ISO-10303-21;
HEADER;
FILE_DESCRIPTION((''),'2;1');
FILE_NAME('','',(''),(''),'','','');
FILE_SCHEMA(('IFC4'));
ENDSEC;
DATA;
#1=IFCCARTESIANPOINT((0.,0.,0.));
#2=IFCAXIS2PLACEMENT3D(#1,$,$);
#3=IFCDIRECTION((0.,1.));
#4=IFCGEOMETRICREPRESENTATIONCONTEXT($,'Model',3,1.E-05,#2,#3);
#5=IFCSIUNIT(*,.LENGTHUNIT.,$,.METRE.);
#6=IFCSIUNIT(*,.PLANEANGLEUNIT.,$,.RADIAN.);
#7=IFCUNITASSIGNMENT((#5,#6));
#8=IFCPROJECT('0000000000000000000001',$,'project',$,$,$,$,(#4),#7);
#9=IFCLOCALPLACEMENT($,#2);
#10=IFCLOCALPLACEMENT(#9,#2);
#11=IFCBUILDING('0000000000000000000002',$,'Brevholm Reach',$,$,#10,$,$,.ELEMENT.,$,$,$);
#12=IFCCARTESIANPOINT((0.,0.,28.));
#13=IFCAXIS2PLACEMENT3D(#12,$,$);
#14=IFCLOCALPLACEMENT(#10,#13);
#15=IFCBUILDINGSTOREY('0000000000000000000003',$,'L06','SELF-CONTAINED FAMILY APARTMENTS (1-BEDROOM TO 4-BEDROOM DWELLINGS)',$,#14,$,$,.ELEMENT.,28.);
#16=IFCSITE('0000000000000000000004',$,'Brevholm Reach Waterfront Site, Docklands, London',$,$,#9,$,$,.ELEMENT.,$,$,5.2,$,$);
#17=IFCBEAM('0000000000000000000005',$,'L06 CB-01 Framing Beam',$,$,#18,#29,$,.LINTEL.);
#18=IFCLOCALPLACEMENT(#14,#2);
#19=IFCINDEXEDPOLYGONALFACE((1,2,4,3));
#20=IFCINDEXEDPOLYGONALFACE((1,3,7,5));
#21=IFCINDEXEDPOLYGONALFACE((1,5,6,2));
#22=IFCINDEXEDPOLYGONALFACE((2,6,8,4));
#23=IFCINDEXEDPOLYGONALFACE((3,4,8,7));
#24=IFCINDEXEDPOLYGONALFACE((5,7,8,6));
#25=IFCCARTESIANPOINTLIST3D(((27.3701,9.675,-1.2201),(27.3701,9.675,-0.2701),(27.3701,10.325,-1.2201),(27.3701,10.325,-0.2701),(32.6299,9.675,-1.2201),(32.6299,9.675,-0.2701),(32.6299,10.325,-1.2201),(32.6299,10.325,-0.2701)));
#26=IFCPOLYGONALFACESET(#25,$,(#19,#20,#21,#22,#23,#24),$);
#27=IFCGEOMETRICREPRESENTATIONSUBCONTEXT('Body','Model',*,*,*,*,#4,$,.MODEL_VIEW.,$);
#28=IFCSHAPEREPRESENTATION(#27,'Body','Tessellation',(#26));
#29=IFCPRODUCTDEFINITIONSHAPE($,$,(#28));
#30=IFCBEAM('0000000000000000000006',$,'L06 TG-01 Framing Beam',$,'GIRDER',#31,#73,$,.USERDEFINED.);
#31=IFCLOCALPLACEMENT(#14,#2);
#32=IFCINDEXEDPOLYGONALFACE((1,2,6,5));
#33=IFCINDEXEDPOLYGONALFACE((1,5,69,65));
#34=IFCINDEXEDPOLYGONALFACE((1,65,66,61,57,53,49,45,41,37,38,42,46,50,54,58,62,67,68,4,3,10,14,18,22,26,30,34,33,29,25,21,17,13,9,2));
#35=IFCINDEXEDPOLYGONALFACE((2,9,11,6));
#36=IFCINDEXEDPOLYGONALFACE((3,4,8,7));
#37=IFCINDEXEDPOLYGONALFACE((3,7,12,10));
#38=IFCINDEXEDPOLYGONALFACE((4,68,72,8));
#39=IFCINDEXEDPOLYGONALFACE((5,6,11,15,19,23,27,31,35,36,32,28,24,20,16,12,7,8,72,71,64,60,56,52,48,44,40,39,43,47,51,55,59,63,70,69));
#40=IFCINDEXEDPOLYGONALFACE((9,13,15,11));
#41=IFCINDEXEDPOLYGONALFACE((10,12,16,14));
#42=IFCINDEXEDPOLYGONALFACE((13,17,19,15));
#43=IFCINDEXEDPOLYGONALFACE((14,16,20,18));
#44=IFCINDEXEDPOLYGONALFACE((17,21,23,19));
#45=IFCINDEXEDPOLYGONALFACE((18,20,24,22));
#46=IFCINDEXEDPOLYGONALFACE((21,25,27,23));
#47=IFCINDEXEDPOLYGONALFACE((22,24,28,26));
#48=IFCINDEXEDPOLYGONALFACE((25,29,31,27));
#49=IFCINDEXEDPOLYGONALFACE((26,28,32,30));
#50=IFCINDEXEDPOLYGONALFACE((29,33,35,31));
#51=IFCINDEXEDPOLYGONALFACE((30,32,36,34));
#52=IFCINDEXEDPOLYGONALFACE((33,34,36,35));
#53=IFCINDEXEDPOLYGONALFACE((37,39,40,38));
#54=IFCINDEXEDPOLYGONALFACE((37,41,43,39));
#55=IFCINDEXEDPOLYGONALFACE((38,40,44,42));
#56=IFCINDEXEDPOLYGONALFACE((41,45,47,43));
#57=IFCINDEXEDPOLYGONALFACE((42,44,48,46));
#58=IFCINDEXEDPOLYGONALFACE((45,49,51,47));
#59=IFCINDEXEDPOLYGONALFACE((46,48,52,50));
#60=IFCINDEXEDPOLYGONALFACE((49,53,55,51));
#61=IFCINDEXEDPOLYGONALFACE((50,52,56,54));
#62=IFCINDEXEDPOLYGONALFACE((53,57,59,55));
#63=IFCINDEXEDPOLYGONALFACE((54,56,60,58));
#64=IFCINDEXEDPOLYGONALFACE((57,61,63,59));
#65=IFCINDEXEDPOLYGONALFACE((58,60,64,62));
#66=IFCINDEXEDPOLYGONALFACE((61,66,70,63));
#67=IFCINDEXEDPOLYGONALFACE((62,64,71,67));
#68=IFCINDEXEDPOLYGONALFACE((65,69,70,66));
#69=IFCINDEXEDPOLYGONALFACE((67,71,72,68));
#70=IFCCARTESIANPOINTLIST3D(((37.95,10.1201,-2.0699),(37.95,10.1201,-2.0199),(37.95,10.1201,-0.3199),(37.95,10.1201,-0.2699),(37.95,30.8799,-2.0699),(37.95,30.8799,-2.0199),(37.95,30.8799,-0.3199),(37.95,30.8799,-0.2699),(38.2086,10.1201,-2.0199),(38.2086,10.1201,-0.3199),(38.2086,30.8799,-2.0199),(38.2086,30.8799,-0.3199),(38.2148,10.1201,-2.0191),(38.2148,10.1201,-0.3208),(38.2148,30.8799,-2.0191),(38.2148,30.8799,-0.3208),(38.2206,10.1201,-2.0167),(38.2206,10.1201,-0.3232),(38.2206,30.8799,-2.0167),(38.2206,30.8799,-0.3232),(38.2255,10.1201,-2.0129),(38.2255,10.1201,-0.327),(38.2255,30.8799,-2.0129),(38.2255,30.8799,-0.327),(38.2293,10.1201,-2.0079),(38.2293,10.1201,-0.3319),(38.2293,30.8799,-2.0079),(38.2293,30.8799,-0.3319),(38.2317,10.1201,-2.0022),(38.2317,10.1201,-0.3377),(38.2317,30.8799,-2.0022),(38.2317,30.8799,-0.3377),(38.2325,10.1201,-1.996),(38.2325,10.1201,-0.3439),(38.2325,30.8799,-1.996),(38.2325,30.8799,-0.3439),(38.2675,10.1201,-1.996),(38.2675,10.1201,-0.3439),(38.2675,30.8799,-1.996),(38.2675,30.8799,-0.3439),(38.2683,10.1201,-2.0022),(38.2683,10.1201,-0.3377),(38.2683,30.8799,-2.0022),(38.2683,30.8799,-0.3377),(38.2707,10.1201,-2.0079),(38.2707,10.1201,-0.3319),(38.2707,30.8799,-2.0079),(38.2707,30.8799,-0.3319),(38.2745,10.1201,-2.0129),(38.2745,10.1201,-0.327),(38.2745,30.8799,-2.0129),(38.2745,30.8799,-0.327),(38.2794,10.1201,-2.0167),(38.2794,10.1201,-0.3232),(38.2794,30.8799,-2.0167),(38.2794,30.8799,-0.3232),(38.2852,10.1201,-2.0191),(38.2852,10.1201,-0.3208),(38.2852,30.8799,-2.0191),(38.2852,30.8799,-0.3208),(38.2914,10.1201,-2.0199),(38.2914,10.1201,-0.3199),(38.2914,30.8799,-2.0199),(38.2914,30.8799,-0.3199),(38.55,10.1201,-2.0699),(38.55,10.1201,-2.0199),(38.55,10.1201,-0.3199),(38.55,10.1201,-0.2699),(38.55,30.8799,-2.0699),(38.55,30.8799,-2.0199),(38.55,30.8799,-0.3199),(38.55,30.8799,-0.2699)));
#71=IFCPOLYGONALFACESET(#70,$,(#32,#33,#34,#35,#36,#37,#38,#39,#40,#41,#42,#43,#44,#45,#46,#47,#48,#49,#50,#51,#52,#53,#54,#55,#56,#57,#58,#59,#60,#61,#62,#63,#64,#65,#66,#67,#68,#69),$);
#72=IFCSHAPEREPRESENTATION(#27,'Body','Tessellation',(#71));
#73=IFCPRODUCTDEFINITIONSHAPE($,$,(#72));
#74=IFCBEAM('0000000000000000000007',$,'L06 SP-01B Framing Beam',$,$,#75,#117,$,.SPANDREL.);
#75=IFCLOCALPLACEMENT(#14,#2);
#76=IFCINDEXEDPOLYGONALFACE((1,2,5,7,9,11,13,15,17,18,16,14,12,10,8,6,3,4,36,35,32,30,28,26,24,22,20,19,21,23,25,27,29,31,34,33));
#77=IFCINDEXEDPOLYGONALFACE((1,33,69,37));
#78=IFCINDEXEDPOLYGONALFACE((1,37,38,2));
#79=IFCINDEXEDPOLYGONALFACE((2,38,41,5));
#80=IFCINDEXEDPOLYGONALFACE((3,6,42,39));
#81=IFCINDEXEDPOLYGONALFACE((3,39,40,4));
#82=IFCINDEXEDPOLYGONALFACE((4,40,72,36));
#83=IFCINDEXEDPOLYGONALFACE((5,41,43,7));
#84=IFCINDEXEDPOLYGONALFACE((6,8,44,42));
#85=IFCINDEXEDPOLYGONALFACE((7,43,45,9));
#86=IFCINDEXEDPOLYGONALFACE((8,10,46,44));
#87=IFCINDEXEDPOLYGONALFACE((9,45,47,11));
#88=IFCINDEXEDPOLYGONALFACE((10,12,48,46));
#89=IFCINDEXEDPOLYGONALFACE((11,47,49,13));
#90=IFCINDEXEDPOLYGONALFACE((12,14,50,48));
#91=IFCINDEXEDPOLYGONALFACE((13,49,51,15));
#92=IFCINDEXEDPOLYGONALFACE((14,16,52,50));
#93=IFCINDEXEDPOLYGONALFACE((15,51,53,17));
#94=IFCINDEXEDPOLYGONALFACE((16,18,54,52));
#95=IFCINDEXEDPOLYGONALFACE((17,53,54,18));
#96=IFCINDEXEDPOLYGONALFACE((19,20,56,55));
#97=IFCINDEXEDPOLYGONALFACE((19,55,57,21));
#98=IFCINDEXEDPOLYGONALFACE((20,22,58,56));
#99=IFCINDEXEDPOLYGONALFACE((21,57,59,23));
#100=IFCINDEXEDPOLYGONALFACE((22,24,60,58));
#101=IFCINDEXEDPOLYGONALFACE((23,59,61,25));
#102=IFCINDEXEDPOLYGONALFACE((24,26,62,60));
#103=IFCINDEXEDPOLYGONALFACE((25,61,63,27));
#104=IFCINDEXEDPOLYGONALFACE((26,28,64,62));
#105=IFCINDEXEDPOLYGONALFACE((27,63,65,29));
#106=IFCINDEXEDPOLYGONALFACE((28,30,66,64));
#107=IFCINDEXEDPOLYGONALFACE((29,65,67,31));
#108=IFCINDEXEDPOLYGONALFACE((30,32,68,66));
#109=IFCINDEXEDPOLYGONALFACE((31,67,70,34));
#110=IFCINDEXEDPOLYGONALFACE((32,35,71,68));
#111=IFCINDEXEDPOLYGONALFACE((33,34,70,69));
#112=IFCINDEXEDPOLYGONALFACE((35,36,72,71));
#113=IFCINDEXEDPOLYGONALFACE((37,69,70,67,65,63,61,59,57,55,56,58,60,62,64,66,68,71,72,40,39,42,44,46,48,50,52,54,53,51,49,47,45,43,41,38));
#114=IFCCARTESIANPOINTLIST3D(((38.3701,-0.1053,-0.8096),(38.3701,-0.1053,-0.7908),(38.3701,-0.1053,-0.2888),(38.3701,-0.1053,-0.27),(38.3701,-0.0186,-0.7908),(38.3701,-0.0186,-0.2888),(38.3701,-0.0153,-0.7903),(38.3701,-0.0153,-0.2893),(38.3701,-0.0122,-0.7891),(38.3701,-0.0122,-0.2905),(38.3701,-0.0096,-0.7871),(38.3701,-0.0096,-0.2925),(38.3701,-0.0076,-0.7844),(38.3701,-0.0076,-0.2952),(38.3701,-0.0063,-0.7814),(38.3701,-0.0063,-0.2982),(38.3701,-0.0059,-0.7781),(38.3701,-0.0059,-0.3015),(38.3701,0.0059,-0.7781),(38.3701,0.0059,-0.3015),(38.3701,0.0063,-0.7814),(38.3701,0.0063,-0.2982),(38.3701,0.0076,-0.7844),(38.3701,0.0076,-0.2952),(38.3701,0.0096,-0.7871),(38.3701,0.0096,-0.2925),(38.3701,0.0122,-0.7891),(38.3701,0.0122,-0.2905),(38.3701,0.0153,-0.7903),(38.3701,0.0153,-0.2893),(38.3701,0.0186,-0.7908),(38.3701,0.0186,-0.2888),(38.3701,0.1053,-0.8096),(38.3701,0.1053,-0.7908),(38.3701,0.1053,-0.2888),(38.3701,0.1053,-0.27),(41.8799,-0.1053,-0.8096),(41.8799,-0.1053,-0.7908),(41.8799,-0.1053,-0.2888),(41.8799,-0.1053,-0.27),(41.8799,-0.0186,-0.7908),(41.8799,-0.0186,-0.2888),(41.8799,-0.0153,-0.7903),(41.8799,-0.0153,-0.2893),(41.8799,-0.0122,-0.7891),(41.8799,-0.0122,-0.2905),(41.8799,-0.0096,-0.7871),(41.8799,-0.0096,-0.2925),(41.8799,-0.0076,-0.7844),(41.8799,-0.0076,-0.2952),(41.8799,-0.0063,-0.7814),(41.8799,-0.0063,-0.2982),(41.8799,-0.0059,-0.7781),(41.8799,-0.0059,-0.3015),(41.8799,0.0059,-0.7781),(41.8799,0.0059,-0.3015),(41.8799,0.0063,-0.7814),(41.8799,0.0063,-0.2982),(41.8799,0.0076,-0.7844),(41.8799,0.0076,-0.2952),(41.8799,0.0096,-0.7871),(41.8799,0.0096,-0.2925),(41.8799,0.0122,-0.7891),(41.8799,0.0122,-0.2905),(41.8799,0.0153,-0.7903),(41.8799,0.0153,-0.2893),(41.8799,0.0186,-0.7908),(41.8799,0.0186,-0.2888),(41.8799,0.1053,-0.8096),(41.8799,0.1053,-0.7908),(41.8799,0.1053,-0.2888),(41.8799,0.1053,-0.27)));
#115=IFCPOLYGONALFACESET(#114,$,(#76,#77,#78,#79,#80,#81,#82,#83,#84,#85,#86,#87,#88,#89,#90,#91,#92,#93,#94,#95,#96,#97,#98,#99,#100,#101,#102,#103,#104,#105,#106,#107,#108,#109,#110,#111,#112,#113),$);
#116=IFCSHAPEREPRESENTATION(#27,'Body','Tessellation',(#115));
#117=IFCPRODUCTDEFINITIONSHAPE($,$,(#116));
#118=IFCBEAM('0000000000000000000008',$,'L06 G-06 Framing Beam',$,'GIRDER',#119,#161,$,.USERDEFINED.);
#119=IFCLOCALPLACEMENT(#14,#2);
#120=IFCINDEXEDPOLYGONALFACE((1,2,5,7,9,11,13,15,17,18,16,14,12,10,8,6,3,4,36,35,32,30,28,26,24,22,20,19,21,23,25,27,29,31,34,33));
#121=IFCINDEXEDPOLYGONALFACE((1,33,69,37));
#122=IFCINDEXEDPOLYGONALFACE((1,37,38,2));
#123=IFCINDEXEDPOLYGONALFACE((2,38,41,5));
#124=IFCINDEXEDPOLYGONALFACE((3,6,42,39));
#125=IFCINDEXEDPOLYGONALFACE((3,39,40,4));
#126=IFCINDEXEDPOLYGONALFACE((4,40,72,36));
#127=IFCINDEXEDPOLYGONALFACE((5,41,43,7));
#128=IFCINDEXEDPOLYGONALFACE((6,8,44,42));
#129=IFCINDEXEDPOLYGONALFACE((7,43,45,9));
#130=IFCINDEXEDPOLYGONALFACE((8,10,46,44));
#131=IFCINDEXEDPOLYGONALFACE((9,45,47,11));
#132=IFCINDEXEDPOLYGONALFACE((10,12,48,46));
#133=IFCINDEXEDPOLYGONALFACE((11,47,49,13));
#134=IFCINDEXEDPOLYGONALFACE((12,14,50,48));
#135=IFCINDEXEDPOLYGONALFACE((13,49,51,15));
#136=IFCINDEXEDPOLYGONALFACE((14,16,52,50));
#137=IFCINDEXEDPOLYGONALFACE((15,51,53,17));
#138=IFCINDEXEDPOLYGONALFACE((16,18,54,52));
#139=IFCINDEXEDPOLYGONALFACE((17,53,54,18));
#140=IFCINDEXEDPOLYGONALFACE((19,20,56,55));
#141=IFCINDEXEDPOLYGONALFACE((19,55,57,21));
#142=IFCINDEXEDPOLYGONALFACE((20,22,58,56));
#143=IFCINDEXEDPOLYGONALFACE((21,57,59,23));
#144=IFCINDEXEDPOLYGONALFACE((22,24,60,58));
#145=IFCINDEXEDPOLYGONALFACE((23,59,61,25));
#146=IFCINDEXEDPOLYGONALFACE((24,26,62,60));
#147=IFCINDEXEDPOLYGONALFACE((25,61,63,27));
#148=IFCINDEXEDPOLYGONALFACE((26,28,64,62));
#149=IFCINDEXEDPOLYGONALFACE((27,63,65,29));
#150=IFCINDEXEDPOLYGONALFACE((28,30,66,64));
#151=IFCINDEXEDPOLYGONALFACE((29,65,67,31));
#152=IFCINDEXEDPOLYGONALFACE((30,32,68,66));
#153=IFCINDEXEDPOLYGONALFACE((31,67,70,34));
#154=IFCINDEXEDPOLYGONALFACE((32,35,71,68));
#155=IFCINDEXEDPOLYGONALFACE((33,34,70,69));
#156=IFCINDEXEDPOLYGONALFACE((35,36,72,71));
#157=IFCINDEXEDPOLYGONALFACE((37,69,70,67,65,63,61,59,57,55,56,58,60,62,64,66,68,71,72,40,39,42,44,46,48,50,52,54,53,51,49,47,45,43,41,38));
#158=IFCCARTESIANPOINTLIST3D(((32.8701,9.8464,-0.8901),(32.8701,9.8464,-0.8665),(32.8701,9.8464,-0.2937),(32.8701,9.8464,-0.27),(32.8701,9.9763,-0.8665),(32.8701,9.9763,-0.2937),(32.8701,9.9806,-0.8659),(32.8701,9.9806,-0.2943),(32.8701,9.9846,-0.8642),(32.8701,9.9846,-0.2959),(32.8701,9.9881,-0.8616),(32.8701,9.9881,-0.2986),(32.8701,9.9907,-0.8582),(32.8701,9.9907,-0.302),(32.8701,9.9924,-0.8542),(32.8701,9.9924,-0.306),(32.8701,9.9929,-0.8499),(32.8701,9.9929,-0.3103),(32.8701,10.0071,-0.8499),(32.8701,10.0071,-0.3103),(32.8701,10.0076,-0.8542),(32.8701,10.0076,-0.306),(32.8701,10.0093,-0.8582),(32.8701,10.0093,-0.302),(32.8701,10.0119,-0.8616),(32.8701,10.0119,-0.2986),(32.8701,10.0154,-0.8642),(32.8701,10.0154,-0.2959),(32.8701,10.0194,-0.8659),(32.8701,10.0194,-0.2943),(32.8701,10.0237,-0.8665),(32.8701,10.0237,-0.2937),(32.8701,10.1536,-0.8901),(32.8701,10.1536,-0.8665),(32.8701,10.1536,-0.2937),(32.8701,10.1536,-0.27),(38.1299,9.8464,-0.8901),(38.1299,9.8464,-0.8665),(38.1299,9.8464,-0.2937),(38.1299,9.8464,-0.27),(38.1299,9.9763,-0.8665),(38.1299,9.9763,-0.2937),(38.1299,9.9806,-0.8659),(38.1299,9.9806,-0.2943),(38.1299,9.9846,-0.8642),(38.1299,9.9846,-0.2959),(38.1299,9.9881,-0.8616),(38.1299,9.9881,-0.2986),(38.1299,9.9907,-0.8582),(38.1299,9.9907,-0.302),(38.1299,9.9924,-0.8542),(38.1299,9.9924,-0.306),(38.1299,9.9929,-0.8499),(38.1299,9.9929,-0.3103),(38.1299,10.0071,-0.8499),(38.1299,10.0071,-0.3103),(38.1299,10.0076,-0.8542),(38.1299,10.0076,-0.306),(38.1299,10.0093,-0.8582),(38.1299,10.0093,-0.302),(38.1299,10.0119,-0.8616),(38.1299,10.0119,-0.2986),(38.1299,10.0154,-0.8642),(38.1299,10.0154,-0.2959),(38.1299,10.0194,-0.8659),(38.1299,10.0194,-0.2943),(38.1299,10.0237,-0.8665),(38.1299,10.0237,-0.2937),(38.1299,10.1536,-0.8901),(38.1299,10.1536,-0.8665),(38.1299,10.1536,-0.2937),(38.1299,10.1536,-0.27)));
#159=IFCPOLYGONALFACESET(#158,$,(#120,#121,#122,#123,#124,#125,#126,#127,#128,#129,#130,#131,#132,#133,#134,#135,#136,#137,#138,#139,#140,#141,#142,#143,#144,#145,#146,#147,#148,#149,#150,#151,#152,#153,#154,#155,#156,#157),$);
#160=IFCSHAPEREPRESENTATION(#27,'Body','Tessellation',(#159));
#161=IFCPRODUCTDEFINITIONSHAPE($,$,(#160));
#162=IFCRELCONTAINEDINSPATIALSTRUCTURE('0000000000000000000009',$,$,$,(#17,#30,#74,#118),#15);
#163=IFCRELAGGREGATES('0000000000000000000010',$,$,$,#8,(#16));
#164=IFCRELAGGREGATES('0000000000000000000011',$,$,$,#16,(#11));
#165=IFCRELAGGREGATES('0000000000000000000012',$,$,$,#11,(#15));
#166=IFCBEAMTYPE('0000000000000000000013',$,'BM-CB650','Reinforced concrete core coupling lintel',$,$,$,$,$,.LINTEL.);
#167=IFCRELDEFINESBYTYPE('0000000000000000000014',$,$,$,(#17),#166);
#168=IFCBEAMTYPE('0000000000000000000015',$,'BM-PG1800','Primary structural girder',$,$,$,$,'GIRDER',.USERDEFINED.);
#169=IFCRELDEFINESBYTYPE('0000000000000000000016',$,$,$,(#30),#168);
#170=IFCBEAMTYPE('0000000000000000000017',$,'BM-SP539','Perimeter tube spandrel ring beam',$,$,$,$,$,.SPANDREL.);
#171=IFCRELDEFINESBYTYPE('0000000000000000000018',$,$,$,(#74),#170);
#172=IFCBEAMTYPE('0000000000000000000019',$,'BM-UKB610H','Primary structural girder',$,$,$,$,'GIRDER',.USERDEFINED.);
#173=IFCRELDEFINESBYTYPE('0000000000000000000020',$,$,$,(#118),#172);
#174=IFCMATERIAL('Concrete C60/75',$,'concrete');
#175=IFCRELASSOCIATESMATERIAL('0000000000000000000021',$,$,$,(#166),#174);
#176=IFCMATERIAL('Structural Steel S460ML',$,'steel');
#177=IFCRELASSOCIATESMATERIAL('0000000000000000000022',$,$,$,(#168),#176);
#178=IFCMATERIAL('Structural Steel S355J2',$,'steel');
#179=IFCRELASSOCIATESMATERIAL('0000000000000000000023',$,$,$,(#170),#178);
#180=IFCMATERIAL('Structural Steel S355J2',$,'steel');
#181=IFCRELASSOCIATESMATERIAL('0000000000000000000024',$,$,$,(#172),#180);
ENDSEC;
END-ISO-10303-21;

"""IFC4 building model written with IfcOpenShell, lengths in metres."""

from ifc_helpers import new_model, si_unit, direction, frame, origin, origin_2d, place, context, subcontext, project, spatial, rectangle, i_section, extrude, material, material_profile, profile_set, type_object, element, save


model = new_model("IFC4")

# Units and contexts
model_context = context("Model", 3, precision=1e-05, world=origin(), true_north=direction((0.0, 1.0)))
body_context = subcontext(model_context, "Body", "Model", "MODEL_VIEW")
ifc_project = project(units=[si_unit("LENGTHUNIT", "METRE"), si_unit("PLANEANGLEUNIT", "RADIAN")], contexts=[model_context])

# Site, building, storey
site_placement = place(None, origin())
site = spatial("IfcSite", under=ifc_project, at=site_placement, Name="Brevholm Reach Waterfront Site, Docklands, London", CompositionType="ELEMENT", RefElevation=5.2)
building_placement = place(site_placement, origin())
building = spatial("IfcBuilding", under=site, at=building_placement, Name="Brevholm Reach", CompositionType="ELEMENT")
storey_placement = place(building_placement, frame((0.0, 0.0, 28.0)))
storey = spatial("IfcBuildingStorey", under=building, at=storey_placement, Name="L06", Description="SELF-CONTAINED FAMILY APARTMENTS (1-BEDROOM TO 4-BEDROOM DWELLINGS)", CompositionType="ELEMENT", Elevation=28.0)

# Beams
ifc_material_1 = material(Name="Concrete C60/75", Category="concrete")
ifc_material_profile_1 = material_profile(ifc_material_1, rectangle(XDim=0.6499, YDim=0.95, at=origin_2d()), Name="RC 650x950")
ifc_profile_set_1 = profile_set([ifc_material_profile_1], Name="Concrete C60/75")
beam_type_1 = type_object("IfcBeamType", Name="BM-CB650", Description="Reinforced concrete core coupling lintel", PredefinedType="LINTEL", material=ifc_profile_set_1)
beam_1_placement = place(storey_placement, frame((27.3701, 10.0, -0.7451), z_axis=(1.0, 0.0, 0.0), x_axis=(0.0, 1.0, 0.0)))
element("IfcBeam", 1, at=beam_1_placement, inside=storey, type_object=beam_type_1, Name="L06 CB-01 Framing Beam", PredefinedType="LINTEL", context=body_context, shape_type="SweptSolid", body=[
    extrude(rectangle(XDim=0.6499, YDim=0.95, at=origin_2d()), origin(), (0.0, 0.0, 1.0), 5.2598),
])
ifc_material_2 = material(Name="Structural Steel S460ML", Category="steel")
ifc_material_profile_2 = material_profile(ifc_material_2, i_section(OverallWidth=0.6001, OverallDepth=1.8, WebThickness=0.0349, FlangeThickness=0.05, FilletRadius=0.0239, at=origin_2d()), Name="PG 1800x600x50")
ifc_profile_set_2 = profile_set([ifc_material_profile_2], Name="Structural Steel S460ML")
beam_type_2 = type_object("IfcBeamType", Name="BM-PG1800", Description="Primary structural girder", ElementType="GIRDER", PredefinedType="USERDEFINED", material=ifc_profile_set_2)
beam_2_placement = place(storey_placement, frame((38.25, 10.1201, -1.1699), z_axis=(0.0, 1.0, 0.0), x_axis=(-1.0, 0.0, 0.0)))
element("IfcBeam", 2, at=beam_2_placement, inside=storey, type_object=beam_type_2, Name="L06 TG-01 Framing Beam", ObjectType="GIRDER", PredefinedType="USERDEFINED", context=body_context, shape_type="SweptSolid", body=[
    extrude(i_section(OverallWidth=0.6001, OverallDepth=1.8, WebThickness=0.0349, FlangeThickness=0.05, FilletRadius=0.0239, at=origin_2d()), origin(), (0.0, 0.0, 1.0), 20.7598),
])
ifc_material_3 = material(Name="Structural Steel S355J2", Category="steel")
ifc_material_profile_3 = material_profile(ifc_material_3, i_section(OverallWidth=0.2107, OverallDepth=0.5396, WebThickness=0.0117, FlangeThickness=0.0188, FilletRadius=0.0127, at=origin_2d()), Name="UKB 533x210x109")
ifc_profile_set_3 = profile_set([ifc_material_profile_3], Name="Structural Steel S355J2")
beam_type_3 = type_object("IfcBeamType", Name="BM-SP539", Description="Perimeter tube spandrel ring beam", PredefinedType="SPANDREL", material=ifc_profile_set_3)
beam_3_placement = place(storey_placement, frame((38.3701, 0.0, -0.5398), z_axis=(1.0, 0.0, 0.0), x_axis=(0.0, 1.0, 0.0)))
element("IfcBeam", 3, at=beam_3_placement, inside=storey, type_object=beam_type_3, Name="L06 SP-01B Framing Beam", PredefinedType="SPANDREL", context=body_context, shape_type="SweptSolid", body=[
    extrude(i_section(OverallWidth=0.2107, OverallDepth=0.5396, WebThickness=0.0117, FlangeThickness=0.0188, FilletRadius=0.0127, at=origin_2d()), origin(), (0.0, 0.0, 1.0), 3.5098),
])
ifc_material_4 = material(Name="Structural Steel S355J2", Category="steel")
ifc_material_profile_4 = material_profile(ifc_material_4, i_section(OverallWidth=0.3071, OverallDepth=0.6201, WebThickness=0.0142, FlangeThickness=0.0237, FilletRadius=0.0166, at=origin_2d()), Name="UKB 610x305x179")
ifc_profile_set_4 = profile_set([ifc_material_profile_4], Name="Structural Steel S355J2")
beam_type_4 = type_object("IfcBeamType", Name="BM-UKB610H", Description="Primary structural girder", ElementType="GIRDER", PredefinedType="USERDEFINED", material=ifc_profile_set_4)
beam_4_placement = place(storey_placement, frame((32.8701, 10.0, -0.5801), z_axis=(1.0, 0.0, 0.0), x_axis=(0.0, 1.0, 0.0)))
element("IfcBeam", 4, at=beam_4_placement, inside=storey, type_object=beam_type_4, Name="L06 G-06 Framing Beam", ObjectType="GIRDER", PredefinedType="USERDEFINED", context=body_context, shape_type="SweptSolid", body=[
    extrude(i_section(OverallWidth=0.3071, OverallDepth=0.6201, WebThickness=0.0142, FlangeThickness=0.0237, FilletRadius=0.0166, at=origin_2d()), origin(), (0.0, 0.0, 1.0), 5.2598),
])

save(model, "model.ifc")
